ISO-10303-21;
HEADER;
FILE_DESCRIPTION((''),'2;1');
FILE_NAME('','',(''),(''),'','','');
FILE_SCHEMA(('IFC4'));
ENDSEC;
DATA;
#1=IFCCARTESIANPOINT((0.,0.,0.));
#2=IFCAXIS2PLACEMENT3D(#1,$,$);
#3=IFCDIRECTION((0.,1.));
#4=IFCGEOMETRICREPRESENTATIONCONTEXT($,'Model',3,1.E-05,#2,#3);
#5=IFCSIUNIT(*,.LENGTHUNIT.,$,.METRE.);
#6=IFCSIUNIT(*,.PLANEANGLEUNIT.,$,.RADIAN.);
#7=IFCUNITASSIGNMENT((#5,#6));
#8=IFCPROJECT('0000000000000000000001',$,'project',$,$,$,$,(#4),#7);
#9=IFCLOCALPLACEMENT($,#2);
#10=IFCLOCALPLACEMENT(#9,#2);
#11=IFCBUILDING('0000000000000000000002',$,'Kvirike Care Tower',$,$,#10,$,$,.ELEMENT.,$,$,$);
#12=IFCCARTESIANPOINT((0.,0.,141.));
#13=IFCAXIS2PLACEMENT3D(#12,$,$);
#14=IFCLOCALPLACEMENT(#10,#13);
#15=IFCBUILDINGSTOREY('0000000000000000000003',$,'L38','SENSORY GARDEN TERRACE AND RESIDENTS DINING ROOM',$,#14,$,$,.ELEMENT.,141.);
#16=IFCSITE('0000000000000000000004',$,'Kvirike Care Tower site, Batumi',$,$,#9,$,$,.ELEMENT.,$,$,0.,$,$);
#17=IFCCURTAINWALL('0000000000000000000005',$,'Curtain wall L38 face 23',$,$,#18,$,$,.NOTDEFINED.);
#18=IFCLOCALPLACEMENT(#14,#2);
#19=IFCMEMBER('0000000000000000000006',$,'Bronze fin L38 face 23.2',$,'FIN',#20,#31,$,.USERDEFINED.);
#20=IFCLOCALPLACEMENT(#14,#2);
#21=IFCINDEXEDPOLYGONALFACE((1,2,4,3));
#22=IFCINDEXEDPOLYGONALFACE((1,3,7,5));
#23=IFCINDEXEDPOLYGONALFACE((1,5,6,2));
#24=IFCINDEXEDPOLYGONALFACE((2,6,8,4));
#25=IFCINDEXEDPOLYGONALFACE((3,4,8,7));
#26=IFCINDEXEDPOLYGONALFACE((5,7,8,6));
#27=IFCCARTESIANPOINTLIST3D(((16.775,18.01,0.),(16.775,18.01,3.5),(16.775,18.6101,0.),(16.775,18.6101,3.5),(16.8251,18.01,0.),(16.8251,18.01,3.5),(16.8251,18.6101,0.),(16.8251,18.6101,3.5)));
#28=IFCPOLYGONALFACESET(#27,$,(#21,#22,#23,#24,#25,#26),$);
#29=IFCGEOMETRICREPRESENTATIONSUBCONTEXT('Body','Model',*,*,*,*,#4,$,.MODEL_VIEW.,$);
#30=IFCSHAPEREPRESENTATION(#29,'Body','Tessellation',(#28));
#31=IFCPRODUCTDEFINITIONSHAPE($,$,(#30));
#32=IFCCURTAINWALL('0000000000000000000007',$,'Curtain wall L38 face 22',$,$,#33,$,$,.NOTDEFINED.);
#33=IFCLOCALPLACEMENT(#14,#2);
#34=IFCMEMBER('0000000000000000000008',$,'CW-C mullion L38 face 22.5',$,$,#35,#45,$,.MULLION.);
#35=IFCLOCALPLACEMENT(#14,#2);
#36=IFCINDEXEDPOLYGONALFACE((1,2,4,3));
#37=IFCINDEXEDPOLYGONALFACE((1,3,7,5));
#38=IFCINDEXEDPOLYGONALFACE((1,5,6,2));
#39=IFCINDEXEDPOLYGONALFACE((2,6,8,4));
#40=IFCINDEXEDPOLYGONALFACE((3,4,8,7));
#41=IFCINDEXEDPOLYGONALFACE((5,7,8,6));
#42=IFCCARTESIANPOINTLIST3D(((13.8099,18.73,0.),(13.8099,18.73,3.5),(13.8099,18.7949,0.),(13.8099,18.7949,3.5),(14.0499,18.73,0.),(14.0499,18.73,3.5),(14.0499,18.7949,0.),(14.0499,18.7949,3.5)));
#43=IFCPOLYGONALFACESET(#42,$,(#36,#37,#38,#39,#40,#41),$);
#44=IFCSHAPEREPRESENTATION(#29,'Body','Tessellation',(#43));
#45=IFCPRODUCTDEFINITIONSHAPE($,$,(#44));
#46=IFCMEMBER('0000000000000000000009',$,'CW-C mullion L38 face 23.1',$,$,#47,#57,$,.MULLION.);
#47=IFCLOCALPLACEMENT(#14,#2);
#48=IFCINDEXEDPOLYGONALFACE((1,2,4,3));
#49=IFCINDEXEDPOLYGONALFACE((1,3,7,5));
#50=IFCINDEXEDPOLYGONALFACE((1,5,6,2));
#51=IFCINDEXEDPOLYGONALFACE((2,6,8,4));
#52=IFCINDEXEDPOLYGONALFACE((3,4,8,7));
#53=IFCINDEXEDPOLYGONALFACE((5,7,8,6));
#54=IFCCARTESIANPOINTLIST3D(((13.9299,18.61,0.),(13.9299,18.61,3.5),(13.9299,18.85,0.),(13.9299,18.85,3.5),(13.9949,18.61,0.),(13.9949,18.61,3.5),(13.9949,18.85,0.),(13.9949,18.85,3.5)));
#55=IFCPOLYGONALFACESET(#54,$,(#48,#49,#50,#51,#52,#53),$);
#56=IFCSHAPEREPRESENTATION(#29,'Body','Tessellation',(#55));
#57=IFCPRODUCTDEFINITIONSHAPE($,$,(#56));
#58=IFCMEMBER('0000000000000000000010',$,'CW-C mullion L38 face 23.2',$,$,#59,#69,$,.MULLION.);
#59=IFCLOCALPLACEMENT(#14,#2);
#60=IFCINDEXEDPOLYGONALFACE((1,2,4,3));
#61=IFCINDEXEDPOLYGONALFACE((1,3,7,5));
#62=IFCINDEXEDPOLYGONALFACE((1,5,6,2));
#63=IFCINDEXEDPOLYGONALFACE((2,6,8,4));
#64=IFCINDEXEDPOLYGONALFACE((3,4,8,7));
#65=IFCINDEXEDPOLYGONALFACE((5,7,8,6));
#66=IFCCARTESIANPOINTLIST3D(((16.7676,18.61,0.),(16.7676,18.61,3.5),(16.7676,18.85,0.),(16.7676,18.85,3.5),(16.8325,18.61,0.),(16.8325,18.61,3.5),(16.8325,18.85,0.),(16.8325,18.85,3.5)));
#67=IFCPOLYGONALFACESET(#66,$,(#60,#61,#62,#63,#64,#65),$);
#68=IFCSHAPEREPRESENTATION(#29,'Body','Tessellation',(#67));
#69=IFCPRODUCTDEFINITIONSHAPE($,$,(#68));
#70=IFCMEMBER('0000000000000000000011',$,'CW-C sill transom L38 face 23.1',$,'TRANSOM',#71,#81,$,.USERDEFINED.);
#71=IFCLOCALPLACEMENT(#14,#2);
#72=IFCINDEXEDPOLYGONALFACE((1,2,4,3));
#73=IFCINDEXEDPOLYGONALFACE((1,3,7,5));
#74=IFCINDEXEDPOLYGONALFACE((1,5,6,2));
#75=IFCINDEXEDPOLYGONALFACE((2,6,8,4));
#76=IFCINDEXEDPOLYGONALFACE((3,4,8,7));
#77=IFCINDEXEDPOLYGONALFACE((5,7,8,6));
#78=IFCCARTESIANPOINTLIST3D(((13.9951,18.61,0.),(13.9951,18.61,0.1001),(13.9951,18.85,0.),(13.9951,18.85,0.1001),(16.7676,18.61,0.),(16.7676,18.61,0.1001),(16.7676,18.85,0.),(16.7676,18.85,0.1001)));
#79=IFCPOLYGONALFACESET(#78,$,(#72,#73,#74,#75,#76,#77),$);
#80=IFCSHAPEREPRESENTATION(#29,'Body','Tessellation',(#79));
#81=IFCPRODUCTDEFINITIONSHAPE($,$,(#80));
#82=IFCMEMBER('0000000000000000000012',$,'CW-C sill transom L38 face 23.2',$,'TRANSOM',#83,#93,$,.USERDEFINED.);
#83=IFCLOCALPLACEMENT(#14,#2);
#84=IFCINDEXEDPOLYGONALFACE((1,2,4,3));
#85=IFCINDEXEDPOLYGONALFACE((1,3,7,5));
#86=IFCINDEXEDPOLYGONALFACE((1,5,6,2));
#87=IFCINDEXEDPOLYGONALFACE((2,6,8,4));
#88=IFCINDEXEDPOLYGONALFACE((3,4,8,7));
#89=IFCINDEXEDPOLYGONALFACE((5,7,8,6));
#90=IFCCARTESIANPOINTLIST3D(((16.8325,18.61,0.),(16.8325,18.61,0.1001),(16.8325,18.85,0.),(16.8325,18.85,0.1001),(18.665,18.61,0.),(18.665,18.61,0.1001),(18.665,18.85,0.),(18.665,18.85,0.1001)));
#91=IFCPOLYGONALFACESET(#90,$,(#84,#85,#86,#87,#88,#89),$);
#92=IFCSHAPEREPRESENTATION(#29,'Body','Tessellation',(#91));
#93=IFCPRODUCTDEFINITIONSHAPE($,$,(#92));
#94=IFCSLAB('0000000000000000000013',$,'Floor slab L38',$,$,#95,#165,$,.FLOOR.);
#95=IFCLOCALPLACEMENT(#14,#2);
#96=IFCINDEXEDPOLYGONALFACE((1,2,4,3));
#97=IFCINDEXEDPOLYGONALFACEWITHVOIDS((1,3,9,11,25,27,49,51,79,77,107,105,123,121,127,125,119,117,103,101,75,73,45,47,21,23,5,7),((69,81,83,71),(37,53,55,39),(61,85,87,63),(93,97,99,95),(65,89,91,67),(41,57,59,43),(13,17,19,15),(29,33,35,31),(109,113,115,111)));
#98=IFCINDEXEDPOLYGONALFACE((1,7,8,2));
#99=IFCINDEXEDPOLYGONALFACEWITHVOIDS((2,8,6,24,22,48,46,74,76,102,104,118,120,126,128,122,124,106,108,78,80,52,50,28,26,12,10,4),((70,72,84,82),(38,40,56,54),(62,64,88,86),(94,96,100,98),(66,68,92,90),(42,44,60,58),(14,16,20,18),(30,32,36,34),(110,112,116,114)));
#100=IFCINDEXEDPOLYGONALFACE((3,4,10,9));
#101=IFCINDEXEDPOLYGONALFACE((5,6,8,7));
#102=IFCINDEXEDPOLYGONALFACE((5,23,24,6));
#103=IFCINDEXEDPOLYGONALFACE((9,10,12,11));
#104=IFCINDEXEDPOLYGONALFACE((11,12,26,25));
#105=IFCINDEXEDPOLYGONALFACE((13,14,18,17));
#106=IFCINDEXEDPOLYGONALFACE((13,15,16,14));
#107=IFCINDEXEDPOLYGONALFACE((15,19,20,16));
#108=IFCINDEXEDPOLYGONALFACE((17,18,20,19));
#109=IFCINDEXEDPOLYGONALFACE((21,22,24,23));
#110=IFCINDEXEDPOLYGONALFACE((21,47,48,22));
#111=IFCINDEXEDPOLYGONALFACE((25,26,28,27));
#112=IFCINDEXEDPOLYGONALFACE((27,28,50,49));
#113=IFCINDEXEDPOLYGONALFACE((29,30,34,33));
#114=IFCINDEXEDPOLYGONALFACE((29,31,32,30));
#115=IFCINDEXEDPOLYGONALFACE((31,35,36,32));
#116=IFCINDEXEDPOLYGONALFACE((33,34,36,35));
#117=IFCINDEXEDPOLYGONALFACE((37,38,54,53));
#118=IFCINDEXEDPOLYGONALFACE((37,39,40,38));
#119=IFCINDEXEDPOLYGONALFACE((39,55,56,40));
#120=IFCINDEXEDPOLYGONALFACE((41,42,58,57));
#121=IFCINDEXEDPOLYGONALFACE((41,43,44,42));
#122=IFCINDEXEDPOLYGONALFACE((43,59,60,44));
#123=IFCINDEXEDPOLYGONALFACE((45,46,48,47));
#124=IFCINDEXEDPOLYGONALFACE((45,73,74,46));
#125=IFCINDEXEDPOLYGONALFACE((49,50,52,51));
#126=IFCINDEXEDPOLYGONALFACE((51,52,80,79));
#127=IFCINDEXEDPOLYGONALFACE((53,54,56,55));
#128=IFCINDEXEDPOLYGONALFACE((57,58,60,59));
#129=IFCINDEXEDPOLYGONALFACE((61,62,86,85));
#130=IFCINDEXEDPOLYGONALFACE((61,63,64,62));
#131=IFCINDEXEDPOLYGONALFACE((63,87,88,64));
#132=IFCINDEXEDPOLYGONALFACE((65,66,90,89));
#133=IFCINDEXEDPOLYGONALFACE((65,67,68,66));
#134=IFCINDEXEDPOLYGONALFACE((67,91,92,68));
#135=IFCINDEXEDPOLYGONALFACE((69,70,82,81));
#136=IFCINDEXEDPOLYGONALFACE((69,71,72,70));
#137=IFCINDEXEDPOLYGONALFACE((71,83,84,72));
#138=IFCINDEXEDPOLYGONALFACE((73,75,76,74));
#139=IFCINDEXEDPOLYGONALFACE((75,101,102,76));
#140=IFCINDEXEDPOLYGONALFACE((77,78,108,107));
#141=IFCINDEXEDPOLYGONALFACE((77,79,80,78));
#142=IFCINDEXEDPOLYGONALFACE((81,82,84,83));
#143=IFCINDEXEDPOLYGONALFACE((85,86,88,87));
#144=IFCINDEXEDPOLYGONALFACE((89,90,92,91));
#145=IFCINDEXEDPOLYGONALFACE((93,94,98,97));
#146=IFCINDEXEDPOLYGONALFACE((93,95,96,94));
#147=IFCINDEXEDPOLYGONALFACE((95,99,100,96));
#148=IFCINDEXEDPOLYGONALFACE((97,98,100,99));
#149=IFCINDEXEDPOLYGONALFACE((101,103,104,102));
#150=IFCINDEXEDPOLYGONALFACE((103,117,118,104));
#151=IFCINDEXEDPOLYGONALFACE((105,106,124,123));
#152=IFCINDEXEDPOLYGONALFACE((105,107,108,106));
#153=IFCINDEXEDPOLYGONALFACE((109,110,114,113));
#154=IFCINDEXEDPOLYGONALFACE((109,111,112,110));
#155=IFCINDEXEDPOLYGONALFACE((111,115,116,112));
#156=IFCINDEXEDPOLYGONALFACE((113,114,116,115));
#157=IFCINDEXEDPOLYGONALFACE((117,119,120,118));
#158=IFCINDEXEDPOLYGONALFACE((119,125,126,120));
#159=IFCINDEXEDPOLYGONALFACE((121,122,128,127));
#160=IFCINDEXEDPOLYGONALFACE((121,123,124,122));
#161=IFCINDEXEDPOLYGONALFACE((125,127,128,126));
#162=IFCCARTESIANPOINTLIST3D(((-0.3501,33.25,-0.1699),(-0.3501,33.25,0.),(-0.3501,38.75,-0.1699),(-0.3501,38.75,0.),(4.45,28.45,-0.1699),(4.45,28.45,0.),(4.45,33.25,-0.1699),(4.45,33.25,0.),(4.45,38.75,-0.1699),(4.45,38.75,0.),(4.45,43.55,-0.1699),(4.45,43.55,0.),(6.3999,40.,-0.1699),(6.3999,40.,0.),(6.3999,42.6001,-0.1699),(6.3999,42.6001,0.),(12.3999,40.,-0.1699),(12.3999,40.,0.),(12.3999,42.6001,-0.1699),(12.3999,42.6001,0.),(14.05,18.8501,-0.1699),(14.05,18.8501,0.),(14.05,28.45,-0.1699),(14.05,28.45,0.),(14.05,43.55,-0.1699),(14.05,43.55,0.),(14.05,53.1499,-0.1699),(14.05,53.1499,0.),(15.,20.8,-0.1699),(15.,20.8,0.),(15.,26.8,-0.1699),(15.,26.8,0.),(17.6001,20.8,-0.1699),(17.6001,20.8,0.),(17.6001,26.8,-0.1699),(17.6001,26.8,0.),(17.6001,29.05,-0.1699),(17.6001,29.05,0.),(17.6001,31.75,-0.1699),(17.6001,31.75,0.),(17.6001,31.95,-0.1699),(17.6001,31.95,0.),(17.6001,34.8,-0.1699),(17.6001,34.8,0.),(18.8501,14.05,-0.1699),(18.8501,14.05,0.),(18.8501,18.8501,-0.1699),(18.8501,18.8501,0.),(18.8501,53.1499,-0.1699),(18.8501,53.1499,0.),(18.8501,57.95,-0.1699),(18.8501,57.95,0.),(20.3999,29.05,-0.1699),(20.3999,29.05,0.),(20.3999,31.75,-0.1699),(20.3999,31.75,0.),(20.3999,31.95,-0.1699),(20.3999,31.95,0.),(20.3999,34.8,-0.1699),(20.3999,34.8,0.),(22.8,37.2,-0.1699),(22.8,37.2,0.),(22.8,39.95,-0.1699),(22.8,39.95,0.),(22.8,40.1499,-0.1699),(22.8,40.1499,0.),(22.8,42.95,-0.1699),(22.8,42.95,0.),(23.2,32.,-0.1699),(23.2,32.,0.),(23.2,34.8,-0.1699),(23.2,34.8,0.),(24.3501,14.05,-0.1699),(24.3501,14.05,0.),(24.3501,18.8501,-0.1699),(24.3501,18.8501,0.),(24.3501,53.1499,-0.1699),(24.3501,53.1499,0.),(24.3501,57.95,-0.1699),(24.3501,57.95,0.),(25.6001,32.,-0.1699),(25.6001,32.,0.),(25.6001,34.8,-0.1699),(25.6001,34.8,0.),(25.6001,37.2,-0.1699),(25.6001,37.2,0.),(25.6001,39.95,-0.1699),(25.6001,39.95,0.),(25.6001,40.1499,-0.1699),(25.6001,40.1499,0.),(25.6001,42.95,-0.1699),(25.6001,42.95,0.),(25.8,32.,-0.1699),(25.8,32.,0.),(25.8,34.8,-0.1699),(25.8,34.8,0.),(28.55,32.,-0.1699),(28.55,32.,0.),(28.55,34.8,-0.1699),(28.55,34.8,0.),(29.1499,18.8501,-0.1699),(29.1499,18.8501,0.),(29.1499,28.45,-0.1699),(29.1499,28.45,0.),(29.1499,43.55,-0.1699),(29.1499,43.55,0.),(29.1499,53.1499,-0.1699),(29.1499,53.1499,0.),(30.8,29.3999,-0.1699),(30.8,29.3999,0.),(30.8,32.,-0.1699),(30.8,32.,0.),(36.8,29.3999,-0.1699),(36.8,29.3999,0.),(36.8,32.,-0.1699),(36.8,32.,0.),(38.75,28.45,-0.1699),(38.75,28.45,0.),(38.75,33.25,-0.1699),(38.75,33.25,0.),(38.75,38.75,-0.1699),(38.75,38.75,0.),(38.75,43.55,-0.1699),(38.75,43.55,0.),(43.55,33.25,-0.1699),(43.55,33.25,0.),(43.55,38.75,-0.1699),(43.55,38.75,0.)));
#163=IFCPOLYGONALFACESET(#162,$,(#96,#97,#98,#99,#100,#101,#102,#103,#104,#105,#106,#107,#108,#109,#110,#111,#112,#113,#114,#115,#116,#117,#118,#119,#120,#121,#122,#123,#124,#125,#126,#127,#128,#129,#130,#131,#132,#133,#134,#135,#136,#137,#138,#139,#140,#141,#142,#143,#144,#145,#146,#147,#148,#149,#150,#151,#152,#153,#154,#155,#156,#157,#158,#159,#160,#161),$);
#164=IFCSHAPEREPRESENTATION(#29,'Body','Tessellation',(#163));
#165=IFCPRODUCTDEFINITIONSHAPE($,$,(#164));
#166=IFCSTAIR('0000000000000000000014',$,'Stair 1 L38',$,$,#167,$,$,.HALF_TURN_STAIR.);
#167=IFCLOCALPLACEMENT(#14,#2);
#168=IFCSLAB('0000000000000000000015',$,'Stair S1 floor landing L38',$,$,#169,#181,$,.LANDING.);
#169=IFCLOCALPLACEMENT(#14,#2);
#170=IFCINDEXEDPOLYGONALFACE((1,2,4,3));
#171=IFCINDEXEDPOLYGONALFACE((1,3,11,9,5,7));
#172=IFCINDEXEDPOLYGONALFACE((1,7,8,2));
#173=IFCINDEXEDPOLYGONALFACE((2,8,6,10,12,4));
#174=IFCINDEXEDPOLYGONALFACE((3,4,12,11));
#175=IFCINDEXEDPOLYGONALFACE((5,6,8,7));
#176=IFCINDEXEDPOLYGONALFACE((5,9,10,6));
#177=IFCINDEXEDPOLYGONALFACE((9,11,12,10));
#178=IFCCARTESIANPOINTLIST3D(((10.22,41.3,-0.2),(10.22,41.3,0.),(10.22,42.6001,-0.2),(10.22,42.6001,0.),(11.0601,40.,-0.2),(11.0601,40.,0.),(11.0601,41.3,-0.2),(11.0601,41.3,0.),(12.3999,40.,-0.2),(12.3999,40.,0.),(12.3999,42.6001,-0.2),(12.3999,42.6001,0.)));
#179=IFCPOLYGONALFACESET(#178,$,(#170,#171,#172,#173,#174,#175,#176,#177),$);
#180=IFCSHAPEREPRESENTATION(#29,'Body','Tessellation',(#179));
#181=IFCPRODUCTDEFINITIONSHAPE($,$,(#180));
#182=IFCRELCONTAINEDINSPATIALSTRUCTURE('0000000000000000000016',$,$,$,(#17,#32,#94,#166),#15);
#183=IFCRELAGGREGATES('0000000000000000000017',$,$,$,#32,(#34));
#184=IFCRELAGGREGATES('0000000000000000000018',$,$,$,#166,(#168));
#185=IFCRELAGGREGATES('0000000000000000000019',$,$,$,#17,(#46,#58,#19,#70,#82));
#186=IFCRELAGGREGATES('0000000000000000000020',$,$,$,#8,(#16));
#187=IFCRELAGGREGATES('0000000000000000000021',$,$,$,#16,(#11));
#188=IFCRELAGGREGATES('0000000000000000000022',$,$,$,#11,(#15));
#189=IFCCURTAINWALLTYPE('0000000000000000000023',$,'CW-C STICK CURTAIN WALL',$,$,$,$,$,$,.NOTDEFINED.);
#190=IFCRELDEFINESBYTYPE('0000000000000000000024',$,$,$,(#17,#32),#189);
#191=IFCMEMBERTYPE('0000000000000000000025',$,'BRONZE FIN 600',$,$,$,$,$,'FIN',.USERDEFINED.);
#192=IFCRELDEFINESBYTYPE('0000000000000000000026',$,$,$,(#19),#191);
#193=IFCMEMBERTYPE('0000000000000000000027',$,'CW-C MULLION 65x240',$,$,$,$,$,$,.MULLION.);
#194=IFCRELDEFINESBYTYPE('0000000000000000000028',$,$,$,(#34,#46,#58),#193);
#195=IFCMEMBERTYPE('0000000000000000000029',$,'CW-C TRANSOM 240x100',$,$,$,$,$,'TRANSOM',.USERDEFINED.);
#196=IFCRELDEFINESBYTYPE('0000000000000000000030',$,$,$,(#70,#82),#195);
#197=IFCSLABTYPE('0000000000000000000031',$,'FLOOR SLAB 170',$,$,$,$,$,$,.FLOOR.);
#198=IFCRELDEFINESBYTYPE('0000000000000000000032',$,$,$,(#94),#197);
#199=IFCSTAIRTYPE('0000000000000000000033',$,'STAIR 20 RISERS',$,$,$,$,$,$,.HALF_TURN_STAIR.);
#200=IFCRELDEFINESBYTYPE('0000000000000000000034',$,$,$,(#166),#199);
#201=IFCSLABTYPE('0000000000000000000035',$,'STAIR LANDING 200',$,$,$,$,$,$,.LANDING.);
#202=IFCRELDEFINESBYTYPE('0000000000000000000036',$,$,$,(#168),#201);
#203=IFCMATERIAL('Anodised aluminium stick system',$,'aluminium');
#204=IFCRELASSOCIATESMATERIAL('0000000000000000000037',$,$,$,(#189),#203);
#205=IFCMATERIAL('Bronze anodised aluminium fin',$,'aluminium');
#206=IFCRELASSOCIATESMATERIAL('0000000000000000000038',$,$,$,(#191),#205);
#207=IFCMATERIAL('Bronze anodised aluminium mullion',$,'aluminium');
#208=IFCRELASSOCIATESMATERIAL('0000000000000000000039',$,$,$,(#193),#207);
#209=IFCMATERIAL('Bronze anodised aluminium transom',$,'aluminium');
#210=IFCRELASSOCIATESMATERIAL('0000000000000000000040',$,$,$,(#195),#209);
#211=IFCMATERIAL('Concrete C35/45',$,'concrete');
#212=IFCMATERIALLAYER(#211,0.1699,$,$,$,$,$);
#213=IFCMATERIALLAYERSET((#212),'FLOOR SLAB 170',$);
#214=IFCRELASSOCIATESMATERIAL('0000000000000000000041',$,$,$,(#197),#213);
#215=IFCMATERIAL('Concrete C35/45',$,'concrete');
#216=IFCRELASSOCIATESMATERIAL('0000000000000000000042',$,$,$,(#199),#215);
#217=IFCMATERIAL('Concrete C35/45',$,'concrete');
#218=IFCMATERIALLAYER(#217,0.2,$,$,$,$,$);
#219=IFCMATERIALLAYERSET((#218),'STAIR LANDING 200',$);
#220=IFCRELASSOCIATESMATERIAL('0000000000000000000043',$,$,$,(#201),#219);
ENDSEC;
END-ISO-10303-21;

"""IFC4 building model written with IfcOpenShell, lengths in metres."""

from ifc_helpers import new_model, si_unit, direction, frame, origin, origin_2d, place, context, subcontext, project, spatial, polyline, rectangle, outline, extrude, material, layer, layer_set, material_profile, profile_set, type_object, element, aggregate, save


model = new_model("IFC4")

# Units and contexts
model_context = context("Model", 3, precision=1e-05, world=origin(), true_north=direction((0.0, 1.0)))
body_context = subcontext(model_context, "Body", "Model", "MODEL_VIEW")
ifc_project = project(units=[si_unit("LENGTHUNIT", "METRE"), si_unit("PLANEANGLEUNIT", "RADIAN")], contexts=[model_context])

# Site, building, storey
site_placement = place(None, origin())
site = spatial("IfcSite", under=ifc_project, at=site_placement, Name="Kvirike Care Tower site, Batumi", CompositionType="ELEMENT", RefElevation=0.0)
building_placement = place(site_placement, origin())
building = spatial("IfcBuilding", under=site, at=building_placement, Name="Kvirike Care Tower", CompositionType="ELEMENT")
storey_placement = place(building_placement, frame((0.0, 0.0, 141.0)))
storey = spatial("IfcBuildingStorey", under=building, at=storey_placement, Name="L38", Description="SENSORY GARDEN TERRACE AND RESIDENTS DINING ROOM", CompositionType="ELEMENT", Elevation=141.0)

# Curtain walls, members
ifc_material_1 = material(Name="Anodised aluminium stick system", Category="aluminium")
curtain_wall_type = type_object("IfcCurtainWallType", Name="CW-C STICK CURTAIN WALL", PredefinedType="NOTDEFINED", material=ifc_material_1)
curtain_wall_1_placement = place(storey_placement, origin())
curtain_wall_1 = element("IfcCurtainWall", 1, at=curtain_wall_1_placement, inside=storey, type_object=curtain_wall_type, Name="Curtain wall L38 face 23", PredefinedType="NOTDEFINED")
ifc_material_2 = material(Name="Bronze anodised aluminium fin", Category="aluminium")
ifc_material_profile_1 = material_profile(ifc_material_2, rectangle(XDim=0.05, YDim=0.6001, at=origin_2d()), Name="BRONZE FIN 600")
ifc_profile_set_1 = profile_set([ifc_material_profile_1], Name="Bronze anodised aluminium fin")
member_type_1 = type_object("IfcMemberType", Name="BRONZE FIN 600", ElementType="FIN", PredefinedType="USERDEFINED", material=ifc_profile_set_1)
member_1_placement = place(storey_placement, frame((16.8, 18.3101, 0.0), z_axis=(0.0, 0.0, 1.0), x_axis=(1.0, 0.0, 0.0)))
member_1 = element("IfcMember", 2, at=member_1_placement, type_object=member_type_1, Name="Bronze fin L38 face 23.2", ObjectType="FIN", PredefinedType="USERDEFINED", context=body_context, shape_type="SweptSolid", body=[
    extrude(rectangle(XDim=0.05, YDim=0.6001, at=origin_2d()), origin(), (0.0, 0.0, 1.0), 3.5),
])
curtain_wall_2_placement = place(storey_placement, origin())
curtain_wall_2 = element("IfcCurtainWall", 3, at=curtain_wall_2_placement, inside=storey, type_object=curtain_wall_type, Name="Curtain wall L38 face 22", PredefinedType="NOTDEFINED")
ifc_material_3 = material(Name="Bronze anodised aluminium mullion", Category="aluminium")
ifc_material_profile_2 = material_profile(ifc_material_3, rectangle(XDim=0.0649, YDim=0.24, at=origin_2d()), Name="CW-C MULLION 65x240")
ifc_profile_set_2 = profile_set([ifc_material_profile_2], Name="Bronze anodised aluminium mullion")
member_type_2 = type_object("IfcMemberType", Name="CW-C MULLION 65x240", PredefinedType="MULLION", material=ifc_profile_set_2)
member_2_placement = place(storey_placement, frame((13.9299, 18.7625, 0.0), z_axis=(0.0, 0.0, 1.0), x_axis=(0.0, -1.0, 0.0)))
member_2 = element("IfcMember", 4, at=member_2_placement, type_object=member_type_2, Name="CW-C mullion L38 face 22.5", PredefinedType="MULLION", context=body_context, shape_type="SweptSolid", body=[
    extrude(rectangle(XDim=0.0649, YDim=0.24, at=origin_2d()), origin(), (0.0, 0.0, 1.0), 3.5),
])
aggregate(curtain_wall_2, [member_2])

# Members
member_3_placement = place(storey_placement, frame((13.9624, 18.73, 0.0), z_axis=(0.0, 0.0, 1.0), x_axis=(1.0, 0.0, 0.0)))
member_3 = element("IfcMember", 5, at=member_3_placement, type_object=member_type_2, Name="CW-C mullion L38 face 23.1", PredefinedType="MULLION", context=body_context, shape_type="SweptSolid", body=[
    extrude(rectangle(XDim=0.0649, YDim=0.24, at=origin_2d()), origin(), (0.0, 0.0, 1.0), 3.5),
])
member_4_placement = place(storey_placement, frame((16.8, 18.73, 0.0), z_axis=(0.0, 0.0, 1.0), x_axis=(1.0, 0.0, 0.0)))
member_4 = element("IfcMember", 6, at=member_4_placement, type_object=member_type_2, Name="CW-C mullion L38 face 23.2", PredefinedType="MULLION", context=body_context, shape_type="SweptSolid", body=[
    extrude(rectangle(XDim=0.0649, YDim=0.24, at=origin_2d()), origin(), (0.0, 0.0, 1.0), 3.5),
])
ifc_material_4 = material(Name="Bronze anodised aluminium transom", Category="aluminium")
ifc_material_profile_3 = material_profile(ifc_material_4, rectangle(XDim=0.24, YDim=0.1001, at=origin_2d()), Name="CW-C TRANSOM 240x100")
ifc_profile_set_3 = profile_set([ifc_material_profile_3], Name="Bronze anodised aluminium transom")
member_type_3 = type_object("IfcMemberType", Name="CW-C TRANSOM 240x100", ElementType="TRANSOM", PredefinedType="USERDEFINED", material=ifc_profile_set_3)
member_5_placement = place(storey_placement, frame((13.9951, 18.73, 0.05), z_axis=(1.0, 0.0, 0.0), x_axis=(0.0, 1.0, 0.0)))
member_5 = element("IfcMember", 7, at=member_5_placement, type_object=member_type_3, Name="CW-C sill transom L38 face 23.1", ObjectType="TRANSOM", PredefinedType="USERDEFINED", context=body_context, shape_type="SweptSolid", body=[
    extrude(rectangle(XDim=0.24, YDim=0.1001, at=origin_2d()), origin(), (0.0, 0.0, 1.0), 2.7725),
])
member_6_placement = place(storey_placement, frame((16.8325, 18.73, 0.05), z_axis=(1.0, 0.0, 0.0), x_axis=(0.0, 1.0, 0.0)))
member_6 = element("IfcMember", 8, at=member_6_placement, type_object=member_type_3, Name="CW-C sill transom L38 face 23.2", ObjectType="TRANSOM", PredefinedType="USERDEFINED", context=body_context, shape_type="SweptSolid", body=[
    extrude(rectangle(XDim=0.24, YDim=0.1001, at=origin_2d()), origin(), (0.0, 0.0, 1.0), 1.8325),
])

# Slab
ifc_material_5 = material(Name="Concrete C35/45", Category="concrete")
ifc_layer_1 = layer(ifc_material_5, 0.1699)
ifc_layer_set_1 = layer_set([ifc_layer_1], Name="FLOOR SLAB 170")
slab_type_1 = type_object("IfcSlabType", Name="FLOOR SLAB 170", PredefinedType="FLOOR", material=ifc_layer_set_1)
slab_1_placement = place(storey_placement, frame((0.0, 0.0, -0.1699)))
element("IfcSlab", 9, at=slab_1_placement, inside=storey, type_object=slab_type_1, Name="Floor slab L38", PredefinedType="FLOOR", context=body_context, shape_type="SweptSolid", body=[
    extrude(outline(polyline([(29.1499, 28.45), (38.75, 28.45), (38.75, 33.25), (43.55, 33.25), (43.55, 38.75), (38.75, 38.75), (38.75, 43.55), (29.1499, 43.55), (29.1499, 53.1499), (24.3501, 53.1499), (24.3501, 57.95), (18.8501, 57.95), (18.8501, 53.1499), (14.05, 53.1499), (14.05, 43.55), (4.45, 43.55), (4.45, 38.75), (-0.3501, 38.75), (-0.3501, 33.25), (4.45, 33.25), (4.45, 28.45), (14.05, 28.45), (14.05, 18.8501), (18.8501, 18.8501), (18.8501, 14.05), (24.3501, 14.05), (24.3501, 18.8501), (29.1499, 18.8501), (29.1499, 28.45)]), holes=[polyline([(17.6001, 29.05), (17.6001, 31.75), (20.3999, 31.75), (20.3999, 29.05), (17.6001, 29.05)]), polyline([(17.6001, 31.95), (17.6001, 34.8), (20.3999, 34.8), (20.3999, 31.95), (17.6001, 31.95)]), polyline([(22.8, 37.2), (22.8, 39.95), (25.6001, 39.95), (25.6001, 37.2), (22.8, 37.2)]), polyline([(22.8, 40.1499), (22.8, 42.95), (25.6001, 42.95), (25.6001, 40.1499), (22.8, 40.1499)]), polyline([(23.2, 32.0), (23.2, 34.8), (25.6001, 34.8), (25.6001, 32.0), (23.2, 32.0)]), polyline([(25.8, 32.0), (25.8, 34.8), (28.55, 34.8), (28.55, 32.0), (25.8, 32.0)]), polyline([(12.3999, 42.6001), (12.3999, 40.0), (6.3999, 40.0), (6.3999, 42.6001), (12.3999, 42.6001)]), polyline([(30.8, 29.3999), (30.8, 32.0), (36.8, 32.0), (36.8, 29.3999), (30.8, 29.3999)]), polyline([(15.0, 26.8), (17.6001, 26.8), (17.6001, 20.8), (15.0, 20.8), (15.0, 26.8)])]), origin(), (0.0, 0.0, 1.0), 0.1699),
])

# Stair, slab
ifc_material_6 = material(Name="Concrete C35/45", Category="concrete")
stair_type = type_object("IfcStairType", Name="STAIR 20 RISERS", PredefinedType="HALF_TURN_STAIR", material=ifc_material_6)
stair_1_placement = place(storey_placement, origin())
stair_1 = element("IfcStair", 10, at=stair_1_placement, inside=storey, type_object=stair_type, Name="Stair 1 L38", PredefinedType="HALF_TURN_STAIR")
ifc_material_7 = material(Name="Concrete C35/45", Category="concrete")
ifc_layer_2 = layer(ifc_material_7, 0.2)
ifc_layer_set_2 = layer_set([ifc_layer_2], Name="STAIR LANDING 200")
slab_type_2 = type_object("IfcSlabType", Name="STAIR LANDING 200", PredefinedType="LANDING", material=ifc_layer_set_2)
slab_2_placement = place(storey_placement, frame((0.0, 0.0, -0.2)))
slab_2 = element("IfcSlab", 11, at=slab_2_placement, type_object=slab_type_2, Name="Stair S1 floor landing L38", PredefinedType="LANDING", context=body_context, shape_type="SweptSolid", body=[
    extrude(outline(polyline([(10.22, 42.6001), (10.22, 41.3), (11.0601, 41.3), (11.0601, 40.0), (12.3999, 40.0), (12.3999, 42.6001), (10.22, 42.6001)])), origin(), (0.0, 0.0, 1.0), 0.2),
])
aggregate(stair_1, [slab_2])

aggregate(curtain_wall_1, [member_3, member_4, member_1, member_5, member_6])

save(model, "model.ifc")
